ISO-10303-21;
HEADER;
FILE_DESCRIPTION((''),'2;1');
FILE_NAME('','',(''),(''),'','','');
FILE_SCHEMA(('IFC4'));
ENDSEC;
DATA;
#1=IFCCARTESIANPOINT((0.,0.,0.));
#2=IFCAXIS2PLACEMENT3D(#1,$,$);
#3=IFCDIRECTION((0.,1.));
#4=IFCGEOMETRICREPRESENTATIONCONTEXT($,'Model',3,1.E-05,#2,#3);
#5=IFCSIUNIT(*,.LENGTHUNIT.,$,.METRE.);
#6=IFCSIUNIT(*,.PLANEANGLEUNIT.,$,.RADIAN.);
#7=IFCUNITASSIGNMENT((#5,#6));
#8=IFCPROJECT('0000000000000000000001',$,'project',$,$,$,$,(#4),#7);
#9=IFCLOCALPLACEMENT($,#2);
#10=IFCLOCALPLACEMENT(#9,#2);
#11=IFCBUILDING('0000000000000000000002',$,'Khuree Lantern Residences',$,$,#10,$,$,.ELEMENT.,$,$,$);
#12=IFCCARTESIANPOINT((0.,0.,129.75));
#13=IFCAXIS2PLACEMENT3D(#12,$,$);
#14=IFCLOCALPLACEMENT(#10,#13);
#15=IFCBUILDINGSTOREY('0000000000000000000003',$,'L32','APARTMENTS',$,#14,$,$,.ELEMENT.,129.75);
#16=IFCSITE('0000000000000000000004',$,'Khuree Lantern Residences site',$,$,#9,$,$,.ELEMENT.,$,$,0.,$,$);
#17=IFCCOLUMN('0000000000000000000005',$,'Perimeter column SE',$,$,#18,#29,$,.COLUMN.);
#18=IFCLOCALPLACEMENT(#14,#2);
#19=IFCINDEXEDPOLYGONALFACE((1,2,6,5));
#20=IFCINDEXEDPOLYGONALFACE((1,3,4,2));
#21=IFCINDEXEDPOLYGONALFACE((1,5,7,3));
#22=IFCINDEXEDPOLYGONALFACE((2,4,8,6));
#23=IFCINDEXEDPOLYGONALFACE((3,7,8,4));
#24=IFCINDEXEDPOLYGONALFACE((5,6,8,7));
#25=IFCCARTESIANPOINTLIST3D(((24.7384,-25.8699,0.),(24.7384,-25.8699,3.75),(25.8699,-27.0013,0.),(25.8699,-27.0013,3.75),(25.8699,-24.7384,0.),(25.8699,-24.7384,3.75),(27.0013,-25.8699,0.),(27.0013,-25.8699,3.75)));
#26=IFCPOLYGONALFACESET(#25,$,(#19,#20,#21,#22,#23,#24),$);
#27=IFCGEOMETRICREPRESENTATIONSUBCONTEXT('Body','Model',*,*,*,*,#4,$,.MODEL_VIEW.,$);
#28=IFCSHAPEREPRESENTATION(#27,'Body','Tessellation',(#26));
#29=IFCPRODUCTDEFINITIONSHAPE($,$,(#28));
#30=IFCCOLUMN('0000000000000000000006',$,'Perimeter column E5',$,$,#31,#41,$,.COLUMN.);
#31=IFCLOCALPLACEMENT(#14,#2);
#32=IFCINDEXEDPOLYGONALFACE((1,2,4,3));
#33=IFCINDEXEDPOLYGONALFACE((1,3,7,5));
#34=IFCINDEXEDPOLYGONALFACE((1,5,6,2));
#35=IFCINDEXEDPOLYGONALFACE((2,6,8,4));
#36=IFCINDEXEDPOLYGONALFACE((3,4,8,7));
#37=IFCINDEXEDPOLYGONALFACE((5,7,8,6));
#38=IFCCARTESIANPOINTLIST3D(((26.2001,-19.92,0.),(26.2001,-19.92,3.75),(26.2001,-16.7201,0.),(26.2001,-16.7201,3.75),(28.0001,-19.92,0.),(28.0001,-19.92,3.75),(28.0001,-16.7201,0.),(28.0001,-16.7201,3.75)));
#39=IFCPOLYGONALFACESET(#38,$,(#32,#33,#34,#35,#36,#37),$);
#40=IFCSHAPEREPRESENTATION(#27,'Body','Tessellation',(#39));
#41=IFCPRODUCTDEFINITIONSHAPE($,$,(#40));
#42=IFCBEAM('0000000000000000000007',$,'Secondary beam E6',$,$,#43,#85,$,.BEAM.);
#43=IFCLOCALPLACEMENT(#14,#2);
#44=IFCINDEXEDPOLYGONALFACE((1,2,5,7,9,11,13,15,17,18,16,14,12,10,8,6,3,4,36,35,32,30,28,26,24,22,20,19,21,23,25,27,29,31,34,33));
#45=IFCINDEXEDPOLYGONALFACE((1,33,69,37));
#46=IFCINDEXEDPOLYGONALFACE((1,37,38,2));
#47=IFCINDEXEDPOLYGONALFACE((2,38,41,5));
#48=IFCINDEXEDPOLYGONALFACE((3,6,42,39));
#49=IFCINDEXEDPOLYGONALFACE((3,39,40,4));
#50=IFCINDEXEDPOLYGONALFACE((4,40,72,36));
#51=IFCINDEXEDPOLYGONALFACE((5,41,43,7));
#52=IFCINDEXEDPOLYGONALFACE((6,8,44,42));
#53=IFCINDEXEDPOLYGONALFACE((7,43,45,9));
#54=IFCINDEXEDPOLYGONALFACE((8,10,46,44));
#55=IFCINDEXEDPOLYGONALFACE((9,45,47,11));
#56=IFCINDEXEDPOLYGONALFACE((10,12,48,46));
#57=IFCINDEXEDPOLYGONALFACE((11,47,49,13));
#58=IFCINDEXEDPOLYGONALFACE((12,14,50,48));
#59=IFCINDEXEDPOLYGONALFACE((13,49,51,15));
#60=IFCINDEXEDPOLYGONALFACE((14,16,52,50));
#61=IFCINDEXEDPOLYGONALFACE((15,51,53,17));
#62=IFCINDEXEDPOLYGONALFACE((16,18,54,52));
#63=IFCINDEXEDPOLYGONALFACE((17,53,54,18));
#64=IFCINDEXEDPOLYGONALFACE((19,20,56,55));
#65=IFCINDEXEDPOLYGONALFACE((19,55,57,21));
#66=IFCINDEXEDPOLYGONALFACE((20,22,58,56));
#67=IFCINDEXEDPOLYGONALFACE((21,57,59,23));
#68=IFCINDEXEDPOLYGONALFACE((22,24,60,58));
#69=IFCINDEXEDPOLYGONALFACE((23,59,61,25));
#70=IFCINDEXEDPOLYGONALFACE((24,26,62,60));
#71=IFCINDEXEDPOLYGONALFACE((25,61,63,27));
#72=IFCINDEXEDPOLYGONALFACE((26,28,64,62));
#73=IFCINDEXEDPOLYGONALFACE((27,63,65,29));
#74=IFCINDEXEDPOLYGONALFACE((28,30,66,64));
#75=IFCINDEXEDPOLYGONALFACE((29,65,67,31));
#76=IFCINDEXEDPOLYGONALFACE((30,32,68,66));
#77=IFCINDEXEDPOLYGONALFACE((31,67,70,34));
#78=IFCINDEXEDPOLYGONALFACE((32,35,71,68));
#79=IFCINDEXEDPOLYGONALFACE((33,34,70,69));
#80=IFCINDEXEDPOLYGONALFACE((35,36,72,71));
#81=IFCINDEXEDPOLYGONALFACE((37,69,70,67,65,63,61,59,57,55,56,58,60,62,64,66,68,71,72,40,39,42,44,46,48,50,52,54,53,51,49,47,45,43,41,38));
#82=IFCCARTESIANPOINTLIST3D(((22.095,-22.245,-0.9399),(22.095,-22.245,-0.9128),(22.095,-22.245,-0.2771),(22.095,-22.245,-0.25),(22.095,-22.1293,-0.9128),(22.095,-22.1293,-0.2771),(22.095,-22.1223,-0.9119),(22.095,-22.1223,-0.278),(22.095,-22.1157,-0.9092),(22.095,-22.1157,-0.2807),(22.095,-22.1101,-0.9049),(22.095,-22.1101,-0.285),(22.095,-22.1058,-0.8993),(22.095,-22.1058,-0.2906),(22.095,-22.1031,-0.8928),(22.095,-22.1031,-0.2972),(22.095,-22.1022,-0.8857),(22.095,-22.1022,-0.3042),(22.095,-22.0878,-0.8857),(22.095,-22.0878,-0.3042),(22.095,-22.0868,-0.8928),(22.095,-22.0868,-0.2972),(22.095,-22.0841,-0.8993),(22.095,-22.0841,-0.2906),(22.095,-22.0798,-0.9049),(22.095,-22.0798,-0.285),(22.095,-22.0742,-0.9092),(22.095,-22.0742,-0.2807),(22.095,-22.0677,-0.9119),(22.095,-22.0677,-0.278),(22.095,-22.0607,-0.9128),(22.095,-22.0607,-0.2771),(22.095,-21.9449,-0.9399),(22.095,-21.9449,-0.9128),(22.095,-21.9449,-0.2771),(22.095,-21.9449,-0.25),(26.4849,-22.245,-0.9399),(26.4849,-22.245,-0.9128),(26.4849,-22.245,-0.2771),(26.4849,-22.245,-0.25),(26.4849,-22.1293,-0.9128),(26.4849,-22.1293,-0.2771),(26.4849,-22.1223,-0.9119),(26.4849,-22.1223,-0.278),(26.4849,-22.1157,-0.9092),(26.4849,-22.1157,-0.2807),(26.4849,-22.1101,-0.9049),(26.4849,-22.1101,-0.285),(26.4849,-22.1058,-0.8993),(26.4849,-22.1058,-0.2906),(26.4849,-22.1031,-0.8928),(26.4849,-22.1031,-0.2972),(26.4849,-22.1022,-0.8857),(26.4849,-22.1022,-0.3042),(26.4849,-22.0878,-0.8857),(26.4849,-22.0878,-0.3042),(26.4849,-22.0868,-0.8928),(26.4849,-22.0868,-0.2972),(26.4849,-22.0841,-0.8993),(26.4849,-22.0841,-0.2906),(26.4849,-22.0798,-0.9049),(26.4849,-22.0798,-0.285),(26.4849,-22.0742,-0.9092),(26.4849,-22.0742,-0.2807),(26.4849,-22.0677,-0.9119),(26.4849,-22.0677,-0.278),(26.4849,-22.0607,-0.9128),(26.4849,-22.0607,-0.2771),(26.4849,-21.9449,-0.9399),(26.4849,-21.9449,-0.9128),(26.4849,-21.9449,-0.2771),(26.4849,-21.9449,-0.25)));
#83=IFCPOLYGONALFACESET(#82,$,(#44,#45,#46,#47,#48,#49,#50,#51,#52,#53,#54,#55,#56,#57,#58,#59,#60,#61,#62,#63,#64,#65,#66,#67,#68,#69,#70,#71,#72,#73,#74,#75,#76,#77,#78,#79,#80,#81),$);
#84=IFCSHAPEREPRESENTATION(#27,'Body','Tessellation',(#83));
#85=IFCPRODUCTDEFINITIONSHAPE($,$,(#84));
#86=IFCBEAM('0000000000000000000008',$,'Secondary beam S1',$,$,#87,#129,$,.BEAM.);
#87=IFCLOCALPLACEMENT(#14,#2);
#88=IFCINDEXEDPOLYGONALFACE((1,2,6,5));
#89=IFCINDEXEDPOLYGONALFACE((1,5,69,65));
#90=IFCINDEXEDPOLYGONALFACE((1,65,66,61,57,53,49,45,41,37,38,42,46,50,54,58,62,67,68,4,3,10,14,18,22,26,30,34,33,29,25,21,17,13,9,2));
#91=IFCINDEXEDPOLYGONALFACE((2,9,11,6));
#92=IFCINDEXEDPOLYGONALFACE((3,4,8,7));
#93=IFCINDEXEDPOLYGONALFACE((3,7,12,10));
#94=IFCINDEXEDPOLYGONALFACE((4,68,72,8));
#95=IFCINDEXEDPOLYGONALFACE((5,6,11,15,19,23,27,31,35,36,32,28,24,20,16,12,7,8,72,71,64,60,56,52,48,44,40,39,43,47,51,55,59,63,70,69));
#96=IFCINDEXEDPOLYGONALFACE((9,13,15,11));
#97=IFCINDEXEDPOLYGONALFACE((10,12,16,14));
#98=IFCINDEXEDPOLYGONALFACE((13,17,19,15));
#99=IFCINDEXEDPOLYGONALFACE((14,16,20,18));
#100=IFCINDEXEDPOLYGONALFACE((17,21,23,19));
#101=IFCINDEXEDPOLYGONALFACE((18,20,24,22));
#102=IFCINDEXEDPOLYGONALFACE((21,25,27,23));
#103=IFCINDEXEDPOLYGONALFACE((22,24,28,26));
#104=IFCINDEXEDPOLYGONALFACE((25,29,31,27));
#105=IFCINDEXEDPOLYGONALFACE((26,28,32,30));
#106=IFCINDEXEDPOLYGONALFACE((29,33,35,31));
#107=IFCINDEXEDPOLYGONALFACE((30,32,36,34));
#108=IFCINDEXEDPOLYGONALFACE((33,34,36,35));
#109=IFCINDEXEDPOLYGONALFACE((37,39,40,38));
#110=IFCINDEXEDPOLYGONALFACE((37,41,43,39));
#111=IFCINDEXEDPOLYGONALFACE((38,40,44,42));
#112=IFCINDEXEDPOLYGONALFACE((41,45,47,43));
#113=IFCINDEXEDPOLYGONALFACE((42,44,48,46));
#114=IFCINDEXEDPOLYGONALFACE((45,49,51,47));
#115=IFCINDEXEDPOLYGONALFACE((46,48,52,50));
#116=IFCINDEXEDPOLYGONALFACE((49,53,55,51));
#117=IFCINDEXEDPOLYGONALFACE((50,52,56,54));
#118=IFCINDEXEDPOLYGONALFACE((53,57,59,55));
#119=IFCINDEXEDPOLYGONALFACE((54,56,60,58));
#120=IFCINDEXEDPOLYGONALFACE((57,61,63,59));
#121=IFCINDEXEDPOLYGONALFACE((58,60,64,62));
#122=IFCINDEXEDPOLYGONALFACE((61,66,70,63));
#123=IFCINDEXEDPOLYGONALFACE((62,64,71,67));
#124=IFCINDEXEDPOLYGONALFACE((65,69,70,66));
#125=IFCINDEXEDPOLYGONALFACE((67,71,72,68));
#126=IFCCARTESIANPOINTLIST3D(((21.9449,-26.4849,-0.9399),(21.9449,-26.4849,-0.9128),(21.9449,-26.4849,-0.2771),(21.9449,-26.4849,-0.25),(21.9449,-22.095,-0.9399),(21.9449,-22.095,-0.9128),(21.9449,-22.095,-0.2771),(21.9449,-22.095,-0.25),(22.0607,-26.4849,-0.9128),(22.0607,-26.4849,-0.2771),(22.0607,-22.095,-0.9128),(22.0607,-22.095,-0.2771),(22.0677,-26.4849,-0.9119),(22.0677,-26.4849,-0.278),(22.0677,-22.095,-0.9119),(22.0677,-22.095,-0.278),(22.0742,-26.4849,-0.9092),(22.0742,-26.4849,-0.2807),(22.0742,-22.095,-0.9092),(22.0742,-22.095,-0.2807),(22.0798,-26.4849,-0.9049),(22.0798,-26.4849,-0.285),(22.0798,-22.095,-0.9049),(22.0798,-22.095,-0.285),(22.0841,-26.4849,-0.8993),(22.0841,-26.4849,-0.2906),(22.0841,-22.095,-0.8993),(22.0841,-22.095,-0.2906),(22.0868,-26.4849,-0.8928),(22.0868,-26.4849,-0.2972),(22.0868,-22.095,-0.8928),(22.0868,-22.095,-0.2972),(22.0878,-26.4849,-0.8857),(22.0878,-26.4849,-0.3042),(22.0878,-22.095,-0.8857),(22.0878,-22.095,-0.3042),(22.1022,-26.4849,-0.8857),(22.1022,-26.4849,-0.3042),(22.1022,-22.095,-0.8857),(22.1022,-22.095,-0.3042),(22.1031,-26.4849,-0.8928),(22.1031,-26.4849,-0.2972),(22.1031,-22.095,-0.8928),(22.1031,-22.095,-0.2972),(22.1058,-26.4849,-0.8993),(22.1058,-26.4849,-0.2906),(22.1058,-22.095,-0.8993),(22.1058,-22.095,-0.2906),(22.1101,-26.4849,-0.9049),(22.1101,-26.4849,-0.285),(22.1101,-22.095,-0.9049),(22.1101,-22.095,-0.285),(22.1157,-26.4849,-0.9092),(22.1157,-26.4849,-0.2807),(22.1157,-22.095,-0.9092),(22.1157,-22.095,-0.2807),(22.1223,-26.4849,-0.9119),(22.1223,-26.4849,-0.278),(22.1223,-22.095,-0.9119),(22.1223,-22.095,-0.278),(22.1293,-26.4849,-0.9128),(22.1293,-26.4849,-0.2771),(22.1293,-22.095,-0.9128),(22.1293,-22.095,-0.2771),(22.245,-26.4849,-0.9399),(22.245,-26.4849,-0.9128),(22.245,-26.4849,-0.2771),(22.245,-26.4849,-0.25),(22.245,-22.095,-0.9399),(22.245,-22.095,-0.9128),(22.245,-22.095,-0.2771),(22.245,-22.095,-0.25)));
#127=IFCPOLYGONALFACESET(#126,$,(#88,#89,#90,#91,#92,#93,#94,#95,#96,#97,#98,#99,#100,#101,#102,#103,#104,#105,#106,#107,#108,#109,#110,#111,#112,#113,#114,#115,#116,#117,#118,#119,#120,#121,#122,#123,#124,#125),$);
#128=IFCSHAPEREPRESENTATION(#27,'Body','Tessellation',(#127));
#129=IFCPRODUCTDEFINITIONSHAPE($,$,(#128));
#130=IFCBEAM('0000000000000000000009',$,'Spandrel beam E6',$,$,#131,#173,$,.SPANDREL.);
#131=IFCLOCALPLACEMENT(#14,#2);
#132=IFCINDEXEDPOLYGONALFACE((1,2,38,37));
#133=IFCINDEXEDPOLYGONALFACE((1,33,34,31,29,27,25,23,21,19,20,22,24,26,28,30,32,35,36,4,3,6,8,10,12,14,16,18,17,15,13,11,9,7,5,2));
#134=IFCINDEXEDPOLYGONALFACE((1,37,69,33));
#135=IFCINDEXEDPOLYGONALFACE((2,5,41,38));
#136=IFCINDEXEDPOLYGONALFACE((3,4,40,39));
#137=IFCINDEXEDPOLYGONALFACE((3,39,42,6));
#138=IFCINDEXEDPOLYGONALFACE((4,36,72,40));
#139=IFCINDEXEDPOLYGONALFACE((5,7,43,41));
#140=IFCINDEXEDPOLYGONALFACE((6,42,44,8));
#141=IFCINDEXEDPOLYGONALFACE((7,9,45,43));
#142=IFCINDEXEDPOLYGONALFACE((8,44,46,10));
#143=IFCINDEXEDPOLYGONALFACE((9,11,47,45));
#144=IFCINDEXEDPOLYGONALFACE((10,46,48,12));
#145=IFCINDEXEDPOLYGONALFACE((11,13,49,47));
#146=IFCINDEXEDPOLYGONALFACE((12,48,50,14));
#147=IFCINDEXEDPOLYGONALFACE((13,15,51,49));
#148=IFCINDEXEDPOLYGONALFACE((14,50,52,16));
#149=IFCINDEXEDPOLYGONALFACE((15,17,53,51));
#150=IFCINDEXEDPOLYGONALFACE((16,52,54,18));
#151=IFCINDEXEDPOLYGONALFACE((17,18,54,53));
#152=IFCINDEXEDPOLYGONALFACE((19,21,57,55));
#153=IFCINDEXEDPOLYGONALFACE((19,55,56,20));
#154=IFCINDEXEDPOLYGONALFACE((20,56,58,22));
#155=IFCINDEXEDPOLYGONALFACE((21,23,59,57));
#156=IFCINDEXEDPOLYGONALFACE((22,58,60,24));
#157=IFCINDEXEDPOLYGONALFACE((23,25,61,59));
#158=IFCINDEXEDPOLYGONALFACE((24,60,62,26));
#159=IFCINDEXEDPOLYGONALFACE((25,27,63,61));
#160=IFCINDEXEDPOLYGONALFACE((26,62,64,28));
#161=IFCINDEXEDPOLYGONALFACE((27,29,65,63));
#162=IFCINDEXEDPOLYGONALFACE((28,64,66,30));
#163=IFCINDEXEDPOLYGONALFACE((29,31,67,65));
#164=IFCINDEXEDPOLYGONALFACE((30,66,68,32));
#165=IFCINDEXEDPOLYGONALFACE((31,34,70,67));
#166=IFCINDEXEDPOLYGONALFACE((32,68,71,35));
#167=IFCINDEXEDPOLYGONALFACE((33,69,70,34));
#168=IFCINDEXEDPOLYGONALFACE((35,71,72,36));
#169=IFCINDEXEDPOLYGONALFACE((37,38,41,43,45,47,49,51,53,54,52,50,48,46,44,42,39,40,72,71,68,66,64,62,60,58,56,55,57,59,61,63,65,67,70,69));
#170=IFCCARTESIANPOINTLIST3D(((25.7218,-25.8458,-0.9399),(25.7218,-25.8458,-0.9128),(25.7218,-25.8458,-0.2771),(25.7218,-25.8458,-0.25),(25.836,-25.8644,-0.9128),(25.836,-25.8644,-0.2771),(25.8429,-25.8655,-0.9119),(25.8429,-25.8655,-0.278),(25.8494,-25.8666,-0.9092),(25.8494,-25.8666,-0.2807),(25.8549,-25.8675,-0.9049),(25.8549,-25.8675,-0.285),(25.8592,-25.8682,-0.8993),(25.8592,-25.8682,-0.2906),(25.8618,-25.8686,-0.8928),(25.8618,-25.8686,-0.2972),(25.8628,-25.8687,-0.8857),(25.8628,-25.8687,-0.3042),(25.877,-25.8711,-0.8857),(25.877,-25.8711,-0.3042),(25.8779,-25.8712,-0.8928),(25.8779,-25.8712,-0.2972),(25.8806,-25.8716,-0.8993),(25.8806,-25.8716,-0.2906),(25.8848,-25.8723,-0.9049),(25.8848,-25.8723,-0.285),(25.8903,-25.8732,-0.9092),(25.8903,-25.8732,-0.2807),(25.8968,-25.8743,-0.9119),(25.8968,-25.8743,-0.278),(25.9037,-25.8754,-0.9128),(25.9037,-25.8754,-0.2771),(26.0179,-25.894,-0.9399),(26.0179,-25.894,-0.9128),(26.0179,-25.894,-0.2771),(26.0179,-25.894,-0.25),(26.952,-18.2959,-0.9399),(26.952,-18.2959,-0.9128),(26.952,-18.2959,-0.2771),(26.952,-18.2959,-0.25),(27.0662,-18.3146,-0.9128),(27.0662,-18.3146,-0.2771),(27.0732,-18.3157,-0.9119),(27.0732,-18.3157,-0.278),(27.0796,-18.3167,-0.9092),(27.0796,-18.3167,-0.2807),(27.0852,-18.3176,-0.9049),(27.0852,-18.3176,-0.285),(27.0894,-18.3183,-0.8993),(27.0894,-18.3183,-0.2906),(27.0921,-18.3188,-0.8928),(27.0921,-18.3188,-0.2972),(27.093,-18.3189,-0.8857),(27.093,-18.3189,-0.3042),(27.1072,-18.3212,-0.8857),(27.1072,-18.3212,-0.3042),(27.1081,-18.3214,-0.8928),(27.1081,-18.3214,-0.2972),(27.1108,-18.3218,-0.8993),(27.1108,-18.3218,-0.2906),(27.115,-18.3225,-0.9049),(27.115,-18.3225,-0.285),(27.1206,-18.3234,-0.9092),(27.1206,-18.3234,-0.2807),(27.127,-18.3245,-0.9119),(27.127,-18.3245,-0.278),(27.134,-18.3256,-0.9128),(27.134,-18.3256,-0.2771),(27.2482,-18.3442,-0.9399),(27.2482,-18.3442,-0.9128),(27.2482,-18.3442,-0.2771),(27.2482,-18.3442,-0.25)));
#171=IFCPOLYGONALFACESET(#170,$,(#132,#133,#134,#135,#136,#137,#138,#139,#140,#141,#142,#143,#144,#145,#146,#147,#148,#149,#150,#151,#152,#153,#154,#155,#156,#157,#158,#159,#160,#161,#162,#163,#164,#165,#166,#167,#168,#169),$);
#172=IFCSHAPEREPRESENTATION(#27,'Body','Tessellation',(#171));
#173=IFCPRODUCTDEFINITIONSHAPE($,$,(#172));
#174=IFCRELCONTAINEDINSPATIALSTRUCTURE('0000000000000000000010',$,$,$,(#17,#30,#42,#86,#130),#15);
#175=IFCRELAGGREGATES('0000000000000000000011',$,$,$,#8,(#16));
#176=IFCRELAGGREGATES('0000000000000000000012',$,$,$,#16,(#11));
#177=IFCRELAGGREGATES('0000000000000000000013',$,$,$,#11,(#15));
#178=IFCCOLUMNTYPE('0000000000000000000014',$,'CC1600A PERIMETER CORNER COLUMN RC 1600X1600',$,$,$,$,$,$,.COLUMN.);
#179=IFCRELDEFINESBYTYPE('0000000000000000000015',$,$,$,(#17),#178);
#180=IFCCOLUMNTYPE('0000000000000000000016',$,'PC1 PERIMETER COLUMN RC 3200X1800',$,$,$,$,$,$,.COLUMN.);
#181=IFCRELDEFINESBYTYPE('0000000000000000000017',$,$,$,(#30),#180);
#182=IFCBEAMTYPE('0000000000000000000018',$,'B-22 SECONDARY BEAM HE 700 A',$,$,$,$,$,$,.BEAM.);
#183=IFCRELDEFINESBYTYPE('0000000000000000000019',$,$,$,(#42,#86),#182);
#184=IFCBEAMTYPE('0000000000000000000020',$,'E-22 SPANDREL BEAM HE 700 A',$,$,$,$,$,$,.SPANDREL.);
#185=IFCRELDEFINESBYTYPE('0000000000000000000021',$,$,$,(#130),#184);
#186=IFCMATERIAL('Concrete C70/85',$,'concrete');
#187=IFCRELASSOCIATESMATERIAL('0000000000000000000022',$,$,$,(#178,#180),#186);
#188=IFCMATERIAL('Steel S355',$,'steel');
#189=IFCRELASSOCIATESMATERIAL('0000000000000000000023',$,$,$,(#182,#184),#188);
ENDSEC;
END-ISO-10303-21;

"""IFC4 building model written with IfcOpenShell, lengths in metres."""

from ifc_helpers import new_model, si_unit, direction, frame, origin, origin_2d, place, context, subcontext, project, spatial, rectangle, i_section, extrude, material, material_profile, profile_set, type_object, element, save


model = new_model("IFC4")

# Units and contexts
model_context = context("Model", 3, precision=1e-05, world=origin(), true_north=direction((0.0, 1.0)))
body_context = subcontext(model_context, "Body", "Model", "MODEL_VIEW")
ifc_project = project(units=[si_unit("LENGTHUNIT", "METRE"), si_unit("PLANEANGLEUNIT", "RADIAN")], contexts=[model_context])

# Site, building, storey
site_placement = place(None, origin())
site = spatial("IfcSite", under=ifc_project, at=site_placement, Name="Khuree Lantern Residences site", CompositionType="ELEMENT", RefElevation=0.0)
building_placement = place(site_placement, origin())
building = spatial("IfcBuilding", under=site, at=building_placement, Name="Khuree Lantern Residences", CompositionType="ELEMENT")
storey_placement = place(building_placement, frame((0.0, 0.0, 129.75)))
storey = spatial("IfcBuildingStorey", under=building, at=storey_placement, Name="L32", Description="APARTMENTS", CompositionType="ELEMENT", Elevation=129.75)

# Columns
ifc_material_1 = material(Name="Concrete C70/85", Category="concrete")
ifc_material_profile_1 = material_profile(ifc_material_1, rectangle(XDim=1.6001, YDim=1.6001, at=origin_2d()), Name="RC 1600X1600")
ifc_profile_set_1 = profile_set([ifc_material_profile_1], Name="Concrete C70/85")
column_type_1 = type_object("IfcColumnType", Name="CC1600A PERIMETER CORNER COLUMN RC 1600X1600", PredefinedType="COLUMN", material=ifc_profile_set_1)
column_1_placement = place(storey_placement, frame((25.8699, -25.8699, 0.0), z_axis=(0.0, 0.0, 1.0), x_axis=(0.707107, 0.707107, 0.0)))
element("IfcColumn", 1, at=column_1_placement, inside=storey, type_object=column_type_1, Name="Perimeter column SE", PredefinedType="COLUMN", context=body_context, shape_type="SweptSolid", body=[
    extrude(rectangle(XDim=1.6001, YDim=1.6001, at=origin_2d()), origin(), (0.0, 0.0, 1.0), 3.75),
])
ifc_material_profile_2 = material_profile(ifc_material_1, rectangle(XDim=3.2, YDim=1.8, at=origin_2d()), Name="RC 3200X1800")
ifc_profile_set_2 = profile_set([ifc_material_profile_2], Name="Concrete C70/85")
column_type_2 = type_object("IfcColumnType", Name="PC1 PERIMETER COLUMN RC 3200X1800", PredefinedType="COLUMN", material=ifc_profile_set_2)
column_2_placement = place(storey_placement, frame((27.1001, -18.3201, 0.0), z_axis=(0.0, 0.0, 1.0), x_axis=(0.0, 1.0, 0.0)))
element("IfcColumn", 2, at=column_2_placement, inside=storey, type_object=column_type_2, Name="Perimeter column E5", PredefinedType="COLUMN", context=body_context, shape_type="SweptSolid", body=[
    extrude(rectangle(XDim=3.2, YDim=1.8, at=origin_2d()), origin(), (0.0, 0.0, 1.0), 3.75),
])

# Beams
ifc_material_2 = material(Name="Steel S355", Category="steel")
ifc_material_profile_3 = material_profile(ifc_material_2, i_section(OverallWidth=0.3, OverallDepth=0.6899, WebThickness=0.0144, FlangeThickness=0.0271, FilletRadius=0.0271, at=origin_2d()), Name="HE 700 A")
ifc_profile_set_3 = profile_set([ifc_material_profile_3], Name="Steel S355")
beam_type_1 = type_object("IfcBeamType", Name="B-22 SECONDARY BEAM HE 700 A", PredefinedType="BEAM", material=ifc_profile_set_3)
for number, where, z_axis, x_axis, name in (
    (3, (26.4849, -22.095, -0.595), (-1.0, 0.0, 0.0), (0.0, -1.0, 0.0), "Secondary beam E6"),
    (4, (22.095, -26.4849, -0.595), (0.0, 1.0, 0.0), (-1.0, 0.0, 0.0), "Secondary beam S1"),
):
    element("IfcBeam", number, at=place(storey_placement, frame(where, z_axis=z_axis, x_axis=x_axis)), inside=storey, type_object=beam_type_1, Name=name, PredefinedType="BEAM", context=body_context, shape_type="SweptSolid", body=[
        extrude(i_section(OverallWidth=0.3, OverallDepth=0.6899, WebThickness=0.0144, FlangeThickness=0.0271, FilletRadius=0.0271, at=origin_2d()), origin(), (0.0, 0.0, 1.0), 4.3899),
    ])
ifc_material_profile_4 = material_profile(ifc_material_2, i_section(OverallWidth=0.3, OverallDepth=0.6899, WebThickness=0.0144, FlangeThickness=0.0271, FilletRadius=0.0271, at=origin_2d()), Name="HE 700 A")
ifc_profile_set_4 = profile_set([ifc_material_profile_4], Name="Steel S355")
beam_type_2 = type_object("IfcBeamType", Name="E-22 SPANDREL BEAM HE 700 A", PredefinedType="SPANDREL", material=ifc_profile_set_4)
for number, where, z_axis, x_axis, name in (
    (5, (27.1001, -18.3201, -0.595), (-0.160827, -0.986983, 0.0), (0.986983, -0.160827, 0.0), "Spandrel beam E6"),
):
    element("IfcBeam", number, at=place(storey_placement, frame(where, z_axis=z_axis, x_axis=x_axis)), inside=storey, type_object=beam_type_2, Name=name, PredefinedType="SPANDREL", context=body_context, shape_type="SweptSolid", body=[
        extrude(i_section(OverallWidth=0.3, OverallDepth=0.6899, WebThickness=0.0144, FlangeThickness=0.0271, FilletRadius=0.0271, at=origin_2d()), origin(), (0.0, 0.0, 1.0), 7.6494),
    ])

save(model, "model.ifc")
